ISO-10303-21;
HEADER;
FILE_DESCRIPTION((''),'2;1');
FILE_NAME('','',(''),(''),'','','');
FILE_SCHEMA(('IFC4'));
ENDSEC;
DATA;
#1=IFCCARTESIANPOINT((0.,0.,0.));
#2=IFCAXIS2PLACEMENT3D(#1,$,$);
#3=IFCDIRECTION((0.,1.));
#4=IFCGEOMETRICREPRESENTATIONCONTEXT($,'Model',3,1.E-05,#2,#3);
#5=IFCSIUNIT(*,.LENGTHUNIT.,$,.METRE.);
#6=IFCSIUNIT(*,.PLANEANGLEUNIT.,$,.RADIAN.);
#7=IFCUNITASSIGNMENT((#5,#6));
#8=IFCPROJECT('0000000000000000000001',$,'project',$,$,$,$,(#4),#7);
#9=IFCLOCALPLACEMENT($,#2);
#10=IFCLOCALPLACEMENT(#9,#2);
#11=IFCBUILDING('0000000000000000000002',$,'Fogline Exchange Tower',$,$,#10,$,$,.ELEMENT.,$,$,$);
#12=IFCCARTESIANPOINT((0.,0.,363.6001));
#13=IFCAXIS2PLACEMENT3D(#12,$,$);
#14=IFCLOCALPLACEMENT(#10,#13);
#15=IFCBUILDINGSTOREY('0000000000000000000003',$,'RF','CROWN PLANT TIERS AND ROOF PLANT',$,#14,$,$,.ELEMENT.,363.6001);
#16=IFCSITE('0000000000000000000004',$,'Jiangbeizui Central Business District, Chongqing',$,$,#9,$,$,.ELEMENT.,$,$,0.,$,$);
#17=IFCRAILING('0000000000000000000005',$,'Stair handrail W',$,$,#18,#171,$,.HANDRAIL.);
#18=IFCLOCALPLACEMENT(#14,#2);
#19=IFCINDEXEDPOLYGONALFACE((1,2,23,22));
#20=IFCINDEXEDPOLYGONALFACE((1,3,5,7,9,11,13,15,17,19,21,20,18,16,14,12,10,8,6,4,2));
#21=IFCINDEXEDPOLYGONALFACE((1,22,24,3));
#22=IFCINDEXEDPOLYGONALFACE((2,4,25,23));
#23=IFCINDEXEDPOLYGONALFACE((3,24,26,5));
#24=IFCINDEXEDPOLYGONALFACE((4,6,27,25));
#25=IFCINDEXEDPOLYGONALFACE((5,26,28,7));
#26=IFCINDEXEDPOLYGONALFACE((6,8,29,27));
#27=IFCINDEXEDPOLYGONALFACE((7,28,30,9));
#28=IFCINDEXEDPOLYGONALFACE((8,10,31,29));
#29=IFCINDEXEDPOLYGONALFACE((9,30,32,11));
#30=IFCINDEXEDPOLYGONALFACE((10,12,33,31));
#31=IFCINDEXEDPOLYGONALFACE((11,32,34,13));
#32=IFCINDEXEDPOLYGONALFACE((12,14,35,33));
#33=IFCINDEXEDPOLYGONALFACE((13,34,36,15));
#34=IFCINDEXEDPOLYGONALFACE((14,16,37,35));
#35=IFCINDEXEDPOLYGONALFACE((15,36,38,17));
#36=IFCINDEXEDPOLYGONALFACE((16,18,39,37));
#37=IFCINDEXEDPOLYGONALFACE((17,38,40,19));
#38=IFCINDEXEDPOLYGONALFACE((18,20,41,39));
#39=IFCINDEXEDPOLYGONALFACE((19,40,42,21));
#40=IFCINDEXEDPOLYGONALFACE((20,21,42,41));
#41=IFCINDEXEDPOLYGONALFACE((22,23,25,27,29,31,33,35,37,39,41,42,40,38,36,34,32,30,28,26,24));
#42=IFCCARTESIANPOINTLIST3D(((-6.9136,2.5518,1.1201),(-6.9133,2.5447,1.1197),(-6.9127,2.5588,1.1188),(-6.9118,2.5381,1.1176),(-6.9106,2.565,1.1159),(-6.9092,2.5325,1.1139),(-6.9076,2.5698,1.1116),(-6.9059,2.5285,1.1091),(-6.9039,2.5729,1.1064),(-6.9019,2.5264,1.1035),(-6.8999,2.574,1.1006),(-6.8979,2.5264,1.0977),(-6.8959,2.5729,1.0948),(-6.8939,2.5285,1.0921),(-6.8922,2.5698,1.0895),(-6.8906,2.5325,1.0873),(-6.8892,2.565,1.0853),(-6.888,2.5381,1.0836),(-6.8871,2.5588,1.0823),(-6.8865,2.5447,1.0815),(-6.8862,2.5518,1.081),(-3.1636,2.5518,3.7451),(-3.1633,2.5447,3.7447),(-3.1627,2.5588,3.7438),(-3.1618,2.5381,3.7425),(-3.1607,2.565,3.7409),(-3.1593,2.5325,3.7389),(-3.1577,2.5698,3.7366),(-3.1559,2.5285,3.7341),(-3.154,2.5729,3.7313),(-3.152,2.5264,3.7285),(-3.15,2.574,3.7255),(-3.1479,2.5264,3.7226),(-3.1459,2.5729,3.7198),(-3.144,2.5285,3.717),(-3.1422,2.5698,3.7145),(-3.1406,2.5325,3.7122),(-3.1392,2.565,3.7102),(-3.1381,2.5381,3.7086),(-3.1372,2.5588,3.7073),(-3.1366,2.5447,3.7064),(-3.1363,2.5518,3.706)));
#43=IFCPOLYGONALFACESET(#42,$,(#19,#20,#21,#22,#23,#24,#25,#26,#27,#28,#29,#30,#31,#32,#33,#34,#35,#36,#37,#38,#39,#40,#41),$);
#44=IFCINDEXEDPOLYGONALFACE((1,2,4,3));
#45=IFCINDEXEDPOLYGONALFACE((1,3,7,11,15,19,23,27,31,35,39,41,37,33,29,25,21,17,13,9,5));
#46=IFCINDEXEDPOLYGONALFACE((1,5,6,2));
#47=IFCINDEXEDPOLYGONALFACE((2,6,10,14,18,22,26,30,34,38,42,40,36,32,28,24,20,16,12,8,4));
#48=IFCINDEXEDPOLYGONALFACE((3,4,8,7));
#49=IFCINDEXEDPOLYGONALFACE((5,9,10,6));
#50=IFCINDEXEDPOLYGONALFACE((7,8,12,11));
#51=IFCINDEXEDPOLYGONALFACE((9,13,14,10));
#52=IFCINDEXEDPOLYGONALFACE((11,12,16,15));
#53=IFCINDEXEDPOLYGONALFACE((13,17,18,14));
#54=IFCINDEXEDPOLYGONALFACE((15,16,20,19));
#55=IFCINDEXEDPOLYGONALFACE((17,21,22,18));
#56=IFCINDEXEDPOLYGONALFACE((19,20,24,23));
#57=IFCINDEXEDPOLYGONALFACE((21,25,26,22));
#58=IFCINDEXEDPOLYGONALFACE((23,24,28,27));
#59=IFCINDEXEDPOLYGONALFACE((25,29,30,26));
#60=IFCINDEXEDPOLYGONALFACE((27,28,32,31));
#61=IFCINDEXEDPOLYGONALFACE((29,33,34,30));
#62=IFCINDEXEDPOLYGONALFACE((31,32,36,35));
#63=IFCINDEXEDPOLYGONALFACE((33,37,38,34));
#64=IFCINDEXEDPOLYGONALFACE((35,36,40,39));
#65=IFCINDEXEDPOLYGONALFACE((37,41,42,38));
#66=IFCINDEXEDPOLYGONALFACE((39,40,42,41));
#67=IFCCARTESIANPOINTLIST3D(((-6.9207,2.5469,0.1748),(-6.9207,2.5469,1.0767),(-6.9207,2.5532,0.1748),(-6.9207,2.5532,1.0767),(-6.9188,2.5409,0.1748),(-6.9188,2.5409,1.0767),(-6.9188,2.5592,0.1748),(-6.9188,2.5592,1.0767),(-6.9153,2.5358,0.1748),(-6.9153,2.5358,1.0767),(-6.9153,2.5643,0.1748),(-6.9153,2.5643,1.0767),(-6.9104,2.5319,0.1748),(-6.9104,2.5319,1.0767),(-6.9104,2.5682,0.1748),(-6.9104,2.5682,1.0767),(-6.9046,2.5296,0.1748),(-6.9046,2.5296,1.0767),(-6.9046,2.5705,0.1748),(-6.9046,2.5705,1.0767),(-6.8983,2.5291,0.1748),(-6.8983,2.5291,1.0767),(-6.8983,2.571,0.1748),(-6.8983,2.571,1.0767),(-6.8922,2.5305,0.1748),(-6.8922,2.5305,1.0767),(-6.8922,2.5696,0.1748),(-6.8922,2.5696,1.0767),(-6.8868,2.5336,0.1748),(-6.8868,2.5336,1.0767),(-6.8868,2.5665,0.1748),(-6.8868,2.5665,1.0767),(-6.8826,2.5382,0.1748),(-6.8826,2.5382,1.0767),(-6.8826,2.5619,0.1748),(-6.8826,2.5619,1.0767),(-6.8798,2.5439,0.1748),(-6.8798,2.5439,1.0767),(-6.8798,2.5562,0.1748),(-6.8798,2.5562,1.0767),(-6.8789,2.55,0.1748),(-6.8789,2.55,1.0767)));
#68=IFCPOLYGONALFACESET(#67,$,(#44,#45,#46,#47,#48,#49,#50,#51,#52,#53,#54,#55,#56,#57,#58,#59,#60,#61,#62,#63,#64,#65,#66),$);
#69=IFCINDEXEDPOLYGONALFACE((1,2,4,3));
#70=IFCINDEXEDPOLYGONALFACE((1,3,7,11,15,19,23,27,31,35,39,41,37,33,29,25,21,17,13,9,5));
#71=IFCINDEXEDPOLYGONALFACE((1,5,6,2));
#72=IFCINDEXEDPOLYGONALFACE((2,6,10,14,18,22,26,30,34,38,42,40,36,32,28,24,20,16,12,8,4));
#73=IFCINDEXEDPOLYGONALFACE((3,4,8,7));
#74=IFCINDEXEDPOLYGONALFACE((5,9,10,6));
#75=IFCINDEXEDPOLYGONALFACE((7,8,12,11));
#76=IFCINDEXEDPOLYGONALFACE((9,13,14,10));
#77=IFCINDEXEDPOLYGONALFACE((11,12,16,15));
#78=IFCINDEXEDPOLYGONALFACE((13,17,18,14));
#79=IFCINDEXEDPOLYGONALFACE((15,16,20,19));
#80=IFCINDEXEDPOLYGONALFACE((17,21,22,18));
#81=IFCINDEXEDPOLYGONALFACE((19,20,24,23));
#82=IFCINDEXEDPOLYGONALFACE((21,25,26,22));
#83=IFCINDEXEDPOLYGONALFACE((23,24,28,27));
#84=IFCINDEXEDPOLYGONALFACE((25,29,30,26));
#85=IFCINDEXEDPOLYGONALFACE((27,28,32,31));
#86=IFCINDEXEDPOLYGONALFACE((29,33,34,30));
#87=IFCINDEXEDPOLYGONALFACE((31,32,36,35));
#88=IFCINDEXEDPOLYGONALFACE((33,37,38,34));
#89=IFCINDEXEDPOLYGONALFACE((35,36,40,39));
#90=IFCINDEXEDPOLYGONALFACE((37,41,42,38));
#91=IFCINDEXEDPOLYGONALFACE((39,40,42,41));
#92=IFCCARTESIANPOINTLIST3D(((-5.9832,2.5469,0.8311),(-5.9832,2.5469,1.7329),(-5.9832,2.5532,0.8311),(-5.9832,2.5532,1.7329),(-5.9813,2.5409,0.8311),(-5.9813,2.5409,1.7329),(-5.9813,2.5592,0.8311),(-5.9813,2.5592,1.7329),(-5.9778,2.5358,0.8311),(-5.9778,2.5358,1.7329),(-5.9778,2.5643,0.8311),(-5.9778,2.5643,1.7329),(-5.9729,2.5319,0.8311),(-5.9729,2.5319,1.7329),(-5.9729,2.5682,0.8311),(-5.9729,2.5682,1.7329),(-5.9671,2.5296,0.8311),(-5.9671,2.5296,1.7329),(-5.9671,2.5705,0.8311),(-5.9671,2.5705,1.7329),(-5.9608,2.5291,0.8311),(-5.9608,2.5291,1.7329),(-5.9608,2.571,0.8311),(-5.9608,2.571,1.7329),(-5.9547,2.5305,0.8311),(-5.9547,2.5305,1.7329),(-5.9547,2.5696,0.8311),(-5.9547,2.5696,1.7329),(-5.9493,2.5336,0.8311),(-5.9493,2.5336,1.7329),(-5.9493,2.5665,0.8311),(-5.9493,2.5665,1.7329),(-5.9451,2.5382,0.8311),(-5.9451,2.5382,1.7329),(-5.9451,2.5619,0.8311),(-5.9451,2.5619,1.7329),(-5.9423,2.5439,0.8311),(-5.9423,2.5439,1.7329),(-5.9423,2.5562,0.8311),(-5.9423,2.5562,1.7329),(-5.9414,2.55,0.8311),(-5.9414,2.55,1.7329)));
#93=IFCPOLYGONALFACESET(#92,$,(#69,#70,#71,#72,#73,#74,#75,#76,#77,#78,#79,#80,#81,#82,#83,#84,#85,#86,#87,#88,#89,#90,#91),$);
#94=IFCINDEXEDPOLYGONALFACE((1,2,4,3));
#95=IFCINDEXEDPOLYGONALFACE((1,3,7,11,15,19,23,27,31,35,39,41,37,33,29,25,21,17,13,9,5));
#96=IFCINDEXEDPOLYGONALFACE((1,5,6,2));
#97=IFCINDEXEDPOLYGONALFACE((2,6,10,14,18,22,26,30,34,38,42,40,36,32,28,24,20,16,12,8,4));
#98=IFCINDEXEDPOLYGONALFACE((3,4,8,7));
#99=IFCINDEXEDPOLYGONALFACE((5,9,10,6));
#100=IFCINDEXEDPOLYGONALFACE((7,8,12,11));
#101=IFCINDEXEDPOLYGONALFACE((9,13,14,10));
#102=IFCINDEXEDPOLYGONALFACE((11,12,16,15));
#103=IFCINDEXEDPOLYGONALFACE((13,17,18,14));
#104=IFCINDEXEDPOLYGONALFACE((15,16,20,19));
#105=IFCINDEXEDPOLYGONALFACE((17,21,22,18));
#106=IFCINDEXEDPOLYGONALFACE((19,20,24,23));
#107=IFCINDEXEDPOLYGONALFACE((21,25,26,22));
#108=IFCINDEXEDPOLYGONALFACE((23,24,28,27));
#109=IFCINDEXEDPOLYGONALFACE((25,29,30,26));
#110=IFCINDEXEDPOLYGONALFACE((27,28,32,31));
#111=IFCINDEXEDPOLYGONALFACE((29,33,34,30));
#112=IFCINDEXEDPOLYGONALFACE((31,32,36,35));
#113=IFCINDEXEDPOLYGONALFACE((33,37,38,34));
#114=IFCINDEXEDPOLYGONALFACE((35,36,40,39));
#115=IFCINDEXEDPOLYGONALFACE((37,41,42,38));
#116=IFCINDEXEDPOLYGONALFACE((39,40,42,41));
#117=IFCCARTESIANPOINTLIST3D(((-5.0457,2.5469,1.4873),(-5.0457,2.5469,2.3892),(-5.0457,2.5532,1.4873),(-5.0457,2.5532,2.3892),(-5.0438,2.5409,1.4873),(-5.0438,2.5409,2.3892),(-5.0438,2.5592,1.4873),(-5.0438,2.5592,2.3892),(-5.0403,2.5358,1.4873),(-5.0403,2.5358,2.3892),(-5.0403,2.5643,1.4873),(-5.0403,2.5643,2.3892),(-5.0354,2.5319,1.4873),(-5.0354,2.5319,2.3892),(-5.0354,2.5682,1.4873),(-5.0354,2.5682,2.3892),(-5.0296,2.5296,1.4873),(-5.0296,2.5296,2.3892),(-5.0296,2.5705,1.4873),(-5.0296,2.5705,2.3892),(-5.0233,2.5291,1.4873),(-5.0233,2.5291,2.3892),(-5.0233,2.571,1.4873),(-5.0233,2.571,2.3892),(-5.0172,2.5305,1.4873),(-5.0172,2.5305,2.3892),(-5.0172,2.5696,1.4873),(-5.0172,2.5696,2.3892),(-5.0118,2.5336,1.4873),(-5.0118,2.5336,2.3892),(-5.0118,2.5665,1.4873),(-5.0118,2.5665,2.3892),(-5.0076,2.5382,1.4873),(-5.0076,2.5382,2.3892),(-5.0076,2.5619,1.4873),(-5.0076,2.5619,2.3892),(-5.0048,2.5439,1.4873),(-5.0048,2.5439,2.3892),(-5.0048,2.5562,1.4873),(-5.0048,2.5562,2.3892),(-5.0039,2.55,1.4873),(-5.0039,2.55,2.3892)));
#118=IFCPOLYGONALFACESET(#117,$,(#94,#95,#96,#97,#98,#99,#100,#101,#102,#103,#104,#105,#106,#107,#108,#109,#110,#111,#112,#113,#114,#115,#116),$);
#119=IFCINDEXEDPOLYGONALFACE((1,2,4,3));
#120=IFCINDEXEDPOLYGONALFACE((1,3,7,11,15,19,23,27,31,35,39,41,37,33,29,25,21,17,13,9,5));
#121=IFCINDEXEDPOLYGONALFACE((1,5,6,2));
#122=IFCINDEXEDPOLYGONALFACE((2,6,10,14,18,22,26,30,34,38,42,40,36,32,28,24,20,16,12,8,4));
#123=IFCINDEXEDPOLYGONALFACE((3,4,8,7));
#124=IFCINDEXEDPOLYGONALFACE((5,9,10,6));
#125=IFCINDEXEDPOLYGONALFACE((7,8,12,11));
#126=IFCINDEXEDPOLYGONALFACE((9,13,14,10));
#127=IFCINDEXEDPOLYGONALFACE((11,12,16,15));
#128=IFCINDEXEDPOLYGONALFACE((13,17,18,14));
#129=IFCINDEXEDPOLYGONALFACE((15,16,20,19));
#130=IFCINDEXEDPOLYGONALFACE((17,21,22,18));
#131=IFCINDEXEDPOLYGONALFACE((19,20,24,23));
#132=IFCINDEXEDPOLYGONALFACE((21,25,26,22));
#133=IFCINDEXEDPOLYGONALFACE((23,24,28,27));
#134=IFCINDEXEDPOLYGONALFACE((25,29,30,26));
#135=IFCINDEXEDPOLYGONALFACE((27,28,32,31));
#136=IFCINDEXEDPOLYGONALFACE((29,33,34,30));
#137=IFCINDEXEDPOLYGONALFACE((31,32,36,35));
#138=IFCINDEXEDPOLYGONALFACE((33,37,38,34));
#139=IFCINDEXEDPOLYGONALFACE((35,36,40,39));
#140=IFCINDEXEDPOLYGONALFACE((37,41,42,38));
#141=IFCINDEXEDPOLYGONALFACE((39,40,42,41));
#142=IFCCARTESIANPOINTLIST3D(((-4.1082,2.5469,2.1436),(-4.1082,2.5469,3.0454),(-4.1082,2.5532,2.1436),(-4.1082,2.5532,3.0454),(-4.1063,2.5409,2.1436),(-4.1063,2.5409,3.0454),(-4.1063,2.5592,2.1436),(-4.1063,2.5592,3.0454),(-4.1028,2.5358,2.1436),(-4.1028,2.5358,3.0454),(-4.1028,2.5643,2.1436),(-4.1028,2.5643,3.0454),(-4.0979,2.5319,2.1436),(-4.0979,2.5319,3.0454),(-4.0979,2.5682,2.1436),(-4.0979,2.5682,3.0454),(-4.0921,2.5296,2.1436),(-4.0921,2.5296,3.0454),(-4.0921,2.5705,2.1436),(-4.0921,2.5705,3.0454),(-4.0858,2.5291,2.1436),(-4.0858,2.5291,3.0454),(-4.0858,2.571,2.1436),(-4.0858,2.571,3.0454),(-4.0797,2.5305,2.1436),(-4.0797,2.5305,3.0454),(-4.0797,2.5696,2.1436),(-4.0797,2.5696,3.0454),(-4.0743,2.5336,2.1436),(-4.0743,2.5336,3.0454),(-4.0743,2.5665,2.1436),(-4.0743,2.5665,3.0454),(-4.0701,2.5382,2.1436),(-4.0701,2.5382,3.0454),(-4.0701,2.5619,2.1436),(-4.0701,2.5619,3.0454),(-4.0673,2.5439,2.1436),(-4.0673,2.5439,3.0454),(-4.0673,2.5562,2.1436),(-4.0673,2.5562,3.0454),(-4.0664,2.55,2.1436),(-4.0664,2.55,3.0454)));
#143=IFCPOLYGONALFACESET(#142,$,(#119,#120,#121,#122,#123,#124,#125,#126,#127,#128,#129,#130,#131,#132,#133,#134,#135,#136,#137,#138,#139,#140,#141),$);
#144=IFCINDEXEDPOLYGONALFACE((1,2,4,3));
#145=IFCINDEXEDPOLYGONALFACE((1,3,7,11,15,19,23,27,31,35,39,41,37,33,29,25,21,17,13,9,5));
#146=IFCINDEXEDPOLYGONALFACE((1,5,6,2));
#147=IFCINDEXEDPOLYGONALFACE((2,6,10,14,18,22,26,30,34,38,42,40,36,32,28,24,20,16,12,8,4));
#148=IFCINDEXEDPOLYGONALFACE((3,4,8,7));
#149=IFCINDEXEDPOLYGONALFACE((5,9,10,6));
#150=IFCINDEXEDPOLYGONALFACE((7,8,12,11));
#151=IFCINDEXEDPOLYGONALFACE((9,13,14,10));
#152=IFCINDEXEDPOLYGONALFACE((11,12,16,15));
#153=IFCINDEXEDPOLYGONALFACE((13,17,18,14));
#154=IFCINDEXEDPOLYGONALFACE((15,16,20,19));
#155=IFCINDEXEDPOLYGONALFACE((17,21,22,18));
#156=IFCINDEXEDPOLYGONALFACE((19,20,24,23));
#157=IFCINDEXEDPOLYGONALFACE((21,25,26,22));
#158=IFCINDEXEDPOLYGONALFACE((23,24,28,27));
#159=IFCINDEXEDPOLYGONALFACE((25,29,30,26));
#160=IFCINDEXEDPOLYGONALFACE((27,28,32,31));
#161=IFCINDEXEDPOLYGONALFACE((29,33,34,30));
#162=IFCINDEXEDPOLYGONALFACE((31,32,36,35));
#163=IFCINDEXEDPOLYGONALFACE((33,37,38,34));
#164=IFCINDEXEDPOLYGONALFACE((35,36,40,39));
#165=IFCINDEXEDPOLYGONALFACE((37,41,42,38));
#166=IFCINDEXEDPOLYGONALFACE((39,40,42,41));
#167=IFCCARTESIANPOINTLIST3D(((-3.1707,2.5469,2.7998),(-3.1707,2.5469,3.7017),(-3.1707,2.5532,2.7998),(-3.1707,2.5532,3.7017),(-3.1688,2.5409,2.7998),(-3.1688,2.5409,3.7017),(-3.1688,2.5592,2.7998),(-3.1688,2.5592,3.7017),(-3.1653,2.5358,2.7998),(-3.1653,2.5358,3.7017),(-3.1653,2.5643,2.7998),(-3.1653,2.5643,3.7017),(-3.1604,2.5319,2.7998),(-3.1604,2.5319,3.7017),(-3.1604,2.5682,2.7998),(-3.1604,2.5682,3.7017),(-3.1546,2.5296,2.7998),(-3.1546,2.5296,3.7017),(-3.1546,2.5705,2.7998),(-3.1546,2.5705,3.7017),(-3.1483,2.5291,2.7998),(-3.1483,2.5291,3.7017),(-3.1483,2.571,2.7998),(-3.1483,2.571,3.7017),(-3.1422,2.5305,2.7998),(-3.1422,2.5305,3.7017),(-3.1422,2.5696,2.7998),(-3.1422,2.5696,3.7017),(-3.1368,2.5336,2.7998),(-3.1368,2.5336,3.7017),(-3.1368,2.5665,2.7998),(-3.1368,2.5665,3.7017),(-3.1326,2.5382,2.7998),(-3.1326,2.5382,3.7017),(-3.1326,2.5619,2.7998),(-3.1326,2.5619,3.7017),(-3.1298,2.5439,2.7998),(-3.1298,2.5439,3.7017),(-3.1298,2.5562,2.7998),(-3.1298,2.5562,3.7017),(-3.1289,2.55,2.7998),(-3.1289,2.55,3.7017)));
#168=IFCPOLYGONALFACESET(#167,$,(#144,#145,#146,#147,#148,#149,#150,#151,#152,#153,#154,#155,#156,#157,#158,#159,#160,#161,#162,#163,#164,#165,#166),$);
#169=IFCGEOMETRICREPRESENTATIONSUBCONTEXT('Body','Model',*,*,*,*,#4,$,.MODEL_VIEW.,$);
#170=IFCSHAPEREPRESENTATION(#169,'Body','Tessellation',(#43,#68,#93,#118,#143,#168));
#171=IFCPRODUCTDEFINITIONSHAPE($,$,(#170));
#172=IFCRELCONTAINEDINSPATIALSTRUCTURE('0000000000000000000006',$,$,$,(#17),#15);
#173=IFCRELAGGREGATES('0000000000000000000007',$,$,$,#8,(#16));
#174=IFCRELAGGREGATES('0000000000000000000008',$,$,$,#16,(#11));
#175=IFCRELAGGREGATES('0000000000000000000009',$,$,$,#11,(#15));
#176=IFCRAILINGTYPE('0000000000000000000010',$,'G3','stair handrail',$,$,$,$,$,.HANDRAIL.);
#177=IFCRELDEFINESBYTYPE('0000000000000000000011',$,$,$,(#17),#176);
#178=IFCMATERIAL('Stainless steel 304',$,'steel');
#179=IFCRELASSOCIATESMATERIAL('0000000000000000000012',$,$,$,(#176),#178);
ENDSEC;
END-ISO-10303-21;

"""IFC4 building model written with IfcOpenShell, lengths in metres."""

from ifc_helpers import new_model, si_unit, direction, frame, origin, origin_2d, place, context, subcontext, project, spatial, circle, extrude, material, type_object, element, save


model = new_model("IFC4")

# Units and contexts
model_context = context("Model", 3, precision=1e-05, world=origin(), true_north=direction((0.0, 1.0)))
body_context = subcontext(model_context, "Body", "Model", "MODEL_VIEW")
ifc_project = project(units=[si_unit("LENGTHUNIT", "METRE"), si_unit("PLANEANGLEUNIT", "RADIAN")], contexts=[model_context])

# Site, building, storey
site_placement = place(None, origin())
site = spatial("IfcSite", under=ifc_project, at=site_placement, Name="Jiangbeizui Central Business District, Chongqing", CompositionType="ELEMENT", RefElevation=0.0)
building_placement = place(site_placement, origin())
building = spatial("IfcBuilding", under=site, at=building_placement, Name="Fogline Exchange Tower", CompositionType="ELEMENT")
storey_placement = place(building_placement, frame((0.0, 0.0, 363.6001)))
storey = spatial("IfcBuildingStorey", under=building, at=storey_placement, Name="RF", Description="CROWN PLANT TIERS AND ROOF PLANT", CompositionType="ELEMENT", Elevation=363.6001)

# Railing
ifc_material_1 = material(Name="Stainless steel 304", Category="steel")
railing_type_1 = type_object("IfcRailingType", Name="G3", Description="stair handrail", PredefinedType="HANDRAIL", material=ifc_material_1)
for number, where, name in (
    (1, (-6.8999, 2.55, 0.1748), "Stair handrail W"),
):
    element("IfcRailing", number, at=place(storey_placement, frame(where)), inside=storey, type_object=railing_type_1, Name=name, PredefinedType="HANDRAIL", context=body_context, shape_type="SweptSolid", body=[
        extrude(circle(Radius=0.0239, at=origin_2d()), frame((0.0, 0.0, 0.9258), z_axis=(0.819232, 0.0, 0.573462), x_axis=(0.0, 1.0, 0.0)), (0.0, 0.0, 1.0), 4.5774),
        extrude(circle(Radius=0.021, at=origin_2d()), origin(), (0.0, 0.0, 1.0), 0.9019),
        extrude(circle(Radius=0.021, at=origin_2d()), frame((0.9375, 0.0, 0.6562)), (0.0, 0.0, 1.0), 0.9019),
        extrude(circle(Radius=0.021, at=origin_2d()), frame((1.875, 0.0, 1.3125)), (0.0, 0.0, 1.0), 0.9019),
        extrude(circle(Radius=0.021, at=origin_2d()), frame((2.8125, 0.0, 1.9688)), (0.0, 0.0, 1.0), 0.9019),
        extrude(circle(Radius=0.021, at=origin_2d()), frame((3.75, 0.0, 2.625)), (0.0, 0.0, 1.0), 0.9019),
    ])

save(model, "model.ifc")
